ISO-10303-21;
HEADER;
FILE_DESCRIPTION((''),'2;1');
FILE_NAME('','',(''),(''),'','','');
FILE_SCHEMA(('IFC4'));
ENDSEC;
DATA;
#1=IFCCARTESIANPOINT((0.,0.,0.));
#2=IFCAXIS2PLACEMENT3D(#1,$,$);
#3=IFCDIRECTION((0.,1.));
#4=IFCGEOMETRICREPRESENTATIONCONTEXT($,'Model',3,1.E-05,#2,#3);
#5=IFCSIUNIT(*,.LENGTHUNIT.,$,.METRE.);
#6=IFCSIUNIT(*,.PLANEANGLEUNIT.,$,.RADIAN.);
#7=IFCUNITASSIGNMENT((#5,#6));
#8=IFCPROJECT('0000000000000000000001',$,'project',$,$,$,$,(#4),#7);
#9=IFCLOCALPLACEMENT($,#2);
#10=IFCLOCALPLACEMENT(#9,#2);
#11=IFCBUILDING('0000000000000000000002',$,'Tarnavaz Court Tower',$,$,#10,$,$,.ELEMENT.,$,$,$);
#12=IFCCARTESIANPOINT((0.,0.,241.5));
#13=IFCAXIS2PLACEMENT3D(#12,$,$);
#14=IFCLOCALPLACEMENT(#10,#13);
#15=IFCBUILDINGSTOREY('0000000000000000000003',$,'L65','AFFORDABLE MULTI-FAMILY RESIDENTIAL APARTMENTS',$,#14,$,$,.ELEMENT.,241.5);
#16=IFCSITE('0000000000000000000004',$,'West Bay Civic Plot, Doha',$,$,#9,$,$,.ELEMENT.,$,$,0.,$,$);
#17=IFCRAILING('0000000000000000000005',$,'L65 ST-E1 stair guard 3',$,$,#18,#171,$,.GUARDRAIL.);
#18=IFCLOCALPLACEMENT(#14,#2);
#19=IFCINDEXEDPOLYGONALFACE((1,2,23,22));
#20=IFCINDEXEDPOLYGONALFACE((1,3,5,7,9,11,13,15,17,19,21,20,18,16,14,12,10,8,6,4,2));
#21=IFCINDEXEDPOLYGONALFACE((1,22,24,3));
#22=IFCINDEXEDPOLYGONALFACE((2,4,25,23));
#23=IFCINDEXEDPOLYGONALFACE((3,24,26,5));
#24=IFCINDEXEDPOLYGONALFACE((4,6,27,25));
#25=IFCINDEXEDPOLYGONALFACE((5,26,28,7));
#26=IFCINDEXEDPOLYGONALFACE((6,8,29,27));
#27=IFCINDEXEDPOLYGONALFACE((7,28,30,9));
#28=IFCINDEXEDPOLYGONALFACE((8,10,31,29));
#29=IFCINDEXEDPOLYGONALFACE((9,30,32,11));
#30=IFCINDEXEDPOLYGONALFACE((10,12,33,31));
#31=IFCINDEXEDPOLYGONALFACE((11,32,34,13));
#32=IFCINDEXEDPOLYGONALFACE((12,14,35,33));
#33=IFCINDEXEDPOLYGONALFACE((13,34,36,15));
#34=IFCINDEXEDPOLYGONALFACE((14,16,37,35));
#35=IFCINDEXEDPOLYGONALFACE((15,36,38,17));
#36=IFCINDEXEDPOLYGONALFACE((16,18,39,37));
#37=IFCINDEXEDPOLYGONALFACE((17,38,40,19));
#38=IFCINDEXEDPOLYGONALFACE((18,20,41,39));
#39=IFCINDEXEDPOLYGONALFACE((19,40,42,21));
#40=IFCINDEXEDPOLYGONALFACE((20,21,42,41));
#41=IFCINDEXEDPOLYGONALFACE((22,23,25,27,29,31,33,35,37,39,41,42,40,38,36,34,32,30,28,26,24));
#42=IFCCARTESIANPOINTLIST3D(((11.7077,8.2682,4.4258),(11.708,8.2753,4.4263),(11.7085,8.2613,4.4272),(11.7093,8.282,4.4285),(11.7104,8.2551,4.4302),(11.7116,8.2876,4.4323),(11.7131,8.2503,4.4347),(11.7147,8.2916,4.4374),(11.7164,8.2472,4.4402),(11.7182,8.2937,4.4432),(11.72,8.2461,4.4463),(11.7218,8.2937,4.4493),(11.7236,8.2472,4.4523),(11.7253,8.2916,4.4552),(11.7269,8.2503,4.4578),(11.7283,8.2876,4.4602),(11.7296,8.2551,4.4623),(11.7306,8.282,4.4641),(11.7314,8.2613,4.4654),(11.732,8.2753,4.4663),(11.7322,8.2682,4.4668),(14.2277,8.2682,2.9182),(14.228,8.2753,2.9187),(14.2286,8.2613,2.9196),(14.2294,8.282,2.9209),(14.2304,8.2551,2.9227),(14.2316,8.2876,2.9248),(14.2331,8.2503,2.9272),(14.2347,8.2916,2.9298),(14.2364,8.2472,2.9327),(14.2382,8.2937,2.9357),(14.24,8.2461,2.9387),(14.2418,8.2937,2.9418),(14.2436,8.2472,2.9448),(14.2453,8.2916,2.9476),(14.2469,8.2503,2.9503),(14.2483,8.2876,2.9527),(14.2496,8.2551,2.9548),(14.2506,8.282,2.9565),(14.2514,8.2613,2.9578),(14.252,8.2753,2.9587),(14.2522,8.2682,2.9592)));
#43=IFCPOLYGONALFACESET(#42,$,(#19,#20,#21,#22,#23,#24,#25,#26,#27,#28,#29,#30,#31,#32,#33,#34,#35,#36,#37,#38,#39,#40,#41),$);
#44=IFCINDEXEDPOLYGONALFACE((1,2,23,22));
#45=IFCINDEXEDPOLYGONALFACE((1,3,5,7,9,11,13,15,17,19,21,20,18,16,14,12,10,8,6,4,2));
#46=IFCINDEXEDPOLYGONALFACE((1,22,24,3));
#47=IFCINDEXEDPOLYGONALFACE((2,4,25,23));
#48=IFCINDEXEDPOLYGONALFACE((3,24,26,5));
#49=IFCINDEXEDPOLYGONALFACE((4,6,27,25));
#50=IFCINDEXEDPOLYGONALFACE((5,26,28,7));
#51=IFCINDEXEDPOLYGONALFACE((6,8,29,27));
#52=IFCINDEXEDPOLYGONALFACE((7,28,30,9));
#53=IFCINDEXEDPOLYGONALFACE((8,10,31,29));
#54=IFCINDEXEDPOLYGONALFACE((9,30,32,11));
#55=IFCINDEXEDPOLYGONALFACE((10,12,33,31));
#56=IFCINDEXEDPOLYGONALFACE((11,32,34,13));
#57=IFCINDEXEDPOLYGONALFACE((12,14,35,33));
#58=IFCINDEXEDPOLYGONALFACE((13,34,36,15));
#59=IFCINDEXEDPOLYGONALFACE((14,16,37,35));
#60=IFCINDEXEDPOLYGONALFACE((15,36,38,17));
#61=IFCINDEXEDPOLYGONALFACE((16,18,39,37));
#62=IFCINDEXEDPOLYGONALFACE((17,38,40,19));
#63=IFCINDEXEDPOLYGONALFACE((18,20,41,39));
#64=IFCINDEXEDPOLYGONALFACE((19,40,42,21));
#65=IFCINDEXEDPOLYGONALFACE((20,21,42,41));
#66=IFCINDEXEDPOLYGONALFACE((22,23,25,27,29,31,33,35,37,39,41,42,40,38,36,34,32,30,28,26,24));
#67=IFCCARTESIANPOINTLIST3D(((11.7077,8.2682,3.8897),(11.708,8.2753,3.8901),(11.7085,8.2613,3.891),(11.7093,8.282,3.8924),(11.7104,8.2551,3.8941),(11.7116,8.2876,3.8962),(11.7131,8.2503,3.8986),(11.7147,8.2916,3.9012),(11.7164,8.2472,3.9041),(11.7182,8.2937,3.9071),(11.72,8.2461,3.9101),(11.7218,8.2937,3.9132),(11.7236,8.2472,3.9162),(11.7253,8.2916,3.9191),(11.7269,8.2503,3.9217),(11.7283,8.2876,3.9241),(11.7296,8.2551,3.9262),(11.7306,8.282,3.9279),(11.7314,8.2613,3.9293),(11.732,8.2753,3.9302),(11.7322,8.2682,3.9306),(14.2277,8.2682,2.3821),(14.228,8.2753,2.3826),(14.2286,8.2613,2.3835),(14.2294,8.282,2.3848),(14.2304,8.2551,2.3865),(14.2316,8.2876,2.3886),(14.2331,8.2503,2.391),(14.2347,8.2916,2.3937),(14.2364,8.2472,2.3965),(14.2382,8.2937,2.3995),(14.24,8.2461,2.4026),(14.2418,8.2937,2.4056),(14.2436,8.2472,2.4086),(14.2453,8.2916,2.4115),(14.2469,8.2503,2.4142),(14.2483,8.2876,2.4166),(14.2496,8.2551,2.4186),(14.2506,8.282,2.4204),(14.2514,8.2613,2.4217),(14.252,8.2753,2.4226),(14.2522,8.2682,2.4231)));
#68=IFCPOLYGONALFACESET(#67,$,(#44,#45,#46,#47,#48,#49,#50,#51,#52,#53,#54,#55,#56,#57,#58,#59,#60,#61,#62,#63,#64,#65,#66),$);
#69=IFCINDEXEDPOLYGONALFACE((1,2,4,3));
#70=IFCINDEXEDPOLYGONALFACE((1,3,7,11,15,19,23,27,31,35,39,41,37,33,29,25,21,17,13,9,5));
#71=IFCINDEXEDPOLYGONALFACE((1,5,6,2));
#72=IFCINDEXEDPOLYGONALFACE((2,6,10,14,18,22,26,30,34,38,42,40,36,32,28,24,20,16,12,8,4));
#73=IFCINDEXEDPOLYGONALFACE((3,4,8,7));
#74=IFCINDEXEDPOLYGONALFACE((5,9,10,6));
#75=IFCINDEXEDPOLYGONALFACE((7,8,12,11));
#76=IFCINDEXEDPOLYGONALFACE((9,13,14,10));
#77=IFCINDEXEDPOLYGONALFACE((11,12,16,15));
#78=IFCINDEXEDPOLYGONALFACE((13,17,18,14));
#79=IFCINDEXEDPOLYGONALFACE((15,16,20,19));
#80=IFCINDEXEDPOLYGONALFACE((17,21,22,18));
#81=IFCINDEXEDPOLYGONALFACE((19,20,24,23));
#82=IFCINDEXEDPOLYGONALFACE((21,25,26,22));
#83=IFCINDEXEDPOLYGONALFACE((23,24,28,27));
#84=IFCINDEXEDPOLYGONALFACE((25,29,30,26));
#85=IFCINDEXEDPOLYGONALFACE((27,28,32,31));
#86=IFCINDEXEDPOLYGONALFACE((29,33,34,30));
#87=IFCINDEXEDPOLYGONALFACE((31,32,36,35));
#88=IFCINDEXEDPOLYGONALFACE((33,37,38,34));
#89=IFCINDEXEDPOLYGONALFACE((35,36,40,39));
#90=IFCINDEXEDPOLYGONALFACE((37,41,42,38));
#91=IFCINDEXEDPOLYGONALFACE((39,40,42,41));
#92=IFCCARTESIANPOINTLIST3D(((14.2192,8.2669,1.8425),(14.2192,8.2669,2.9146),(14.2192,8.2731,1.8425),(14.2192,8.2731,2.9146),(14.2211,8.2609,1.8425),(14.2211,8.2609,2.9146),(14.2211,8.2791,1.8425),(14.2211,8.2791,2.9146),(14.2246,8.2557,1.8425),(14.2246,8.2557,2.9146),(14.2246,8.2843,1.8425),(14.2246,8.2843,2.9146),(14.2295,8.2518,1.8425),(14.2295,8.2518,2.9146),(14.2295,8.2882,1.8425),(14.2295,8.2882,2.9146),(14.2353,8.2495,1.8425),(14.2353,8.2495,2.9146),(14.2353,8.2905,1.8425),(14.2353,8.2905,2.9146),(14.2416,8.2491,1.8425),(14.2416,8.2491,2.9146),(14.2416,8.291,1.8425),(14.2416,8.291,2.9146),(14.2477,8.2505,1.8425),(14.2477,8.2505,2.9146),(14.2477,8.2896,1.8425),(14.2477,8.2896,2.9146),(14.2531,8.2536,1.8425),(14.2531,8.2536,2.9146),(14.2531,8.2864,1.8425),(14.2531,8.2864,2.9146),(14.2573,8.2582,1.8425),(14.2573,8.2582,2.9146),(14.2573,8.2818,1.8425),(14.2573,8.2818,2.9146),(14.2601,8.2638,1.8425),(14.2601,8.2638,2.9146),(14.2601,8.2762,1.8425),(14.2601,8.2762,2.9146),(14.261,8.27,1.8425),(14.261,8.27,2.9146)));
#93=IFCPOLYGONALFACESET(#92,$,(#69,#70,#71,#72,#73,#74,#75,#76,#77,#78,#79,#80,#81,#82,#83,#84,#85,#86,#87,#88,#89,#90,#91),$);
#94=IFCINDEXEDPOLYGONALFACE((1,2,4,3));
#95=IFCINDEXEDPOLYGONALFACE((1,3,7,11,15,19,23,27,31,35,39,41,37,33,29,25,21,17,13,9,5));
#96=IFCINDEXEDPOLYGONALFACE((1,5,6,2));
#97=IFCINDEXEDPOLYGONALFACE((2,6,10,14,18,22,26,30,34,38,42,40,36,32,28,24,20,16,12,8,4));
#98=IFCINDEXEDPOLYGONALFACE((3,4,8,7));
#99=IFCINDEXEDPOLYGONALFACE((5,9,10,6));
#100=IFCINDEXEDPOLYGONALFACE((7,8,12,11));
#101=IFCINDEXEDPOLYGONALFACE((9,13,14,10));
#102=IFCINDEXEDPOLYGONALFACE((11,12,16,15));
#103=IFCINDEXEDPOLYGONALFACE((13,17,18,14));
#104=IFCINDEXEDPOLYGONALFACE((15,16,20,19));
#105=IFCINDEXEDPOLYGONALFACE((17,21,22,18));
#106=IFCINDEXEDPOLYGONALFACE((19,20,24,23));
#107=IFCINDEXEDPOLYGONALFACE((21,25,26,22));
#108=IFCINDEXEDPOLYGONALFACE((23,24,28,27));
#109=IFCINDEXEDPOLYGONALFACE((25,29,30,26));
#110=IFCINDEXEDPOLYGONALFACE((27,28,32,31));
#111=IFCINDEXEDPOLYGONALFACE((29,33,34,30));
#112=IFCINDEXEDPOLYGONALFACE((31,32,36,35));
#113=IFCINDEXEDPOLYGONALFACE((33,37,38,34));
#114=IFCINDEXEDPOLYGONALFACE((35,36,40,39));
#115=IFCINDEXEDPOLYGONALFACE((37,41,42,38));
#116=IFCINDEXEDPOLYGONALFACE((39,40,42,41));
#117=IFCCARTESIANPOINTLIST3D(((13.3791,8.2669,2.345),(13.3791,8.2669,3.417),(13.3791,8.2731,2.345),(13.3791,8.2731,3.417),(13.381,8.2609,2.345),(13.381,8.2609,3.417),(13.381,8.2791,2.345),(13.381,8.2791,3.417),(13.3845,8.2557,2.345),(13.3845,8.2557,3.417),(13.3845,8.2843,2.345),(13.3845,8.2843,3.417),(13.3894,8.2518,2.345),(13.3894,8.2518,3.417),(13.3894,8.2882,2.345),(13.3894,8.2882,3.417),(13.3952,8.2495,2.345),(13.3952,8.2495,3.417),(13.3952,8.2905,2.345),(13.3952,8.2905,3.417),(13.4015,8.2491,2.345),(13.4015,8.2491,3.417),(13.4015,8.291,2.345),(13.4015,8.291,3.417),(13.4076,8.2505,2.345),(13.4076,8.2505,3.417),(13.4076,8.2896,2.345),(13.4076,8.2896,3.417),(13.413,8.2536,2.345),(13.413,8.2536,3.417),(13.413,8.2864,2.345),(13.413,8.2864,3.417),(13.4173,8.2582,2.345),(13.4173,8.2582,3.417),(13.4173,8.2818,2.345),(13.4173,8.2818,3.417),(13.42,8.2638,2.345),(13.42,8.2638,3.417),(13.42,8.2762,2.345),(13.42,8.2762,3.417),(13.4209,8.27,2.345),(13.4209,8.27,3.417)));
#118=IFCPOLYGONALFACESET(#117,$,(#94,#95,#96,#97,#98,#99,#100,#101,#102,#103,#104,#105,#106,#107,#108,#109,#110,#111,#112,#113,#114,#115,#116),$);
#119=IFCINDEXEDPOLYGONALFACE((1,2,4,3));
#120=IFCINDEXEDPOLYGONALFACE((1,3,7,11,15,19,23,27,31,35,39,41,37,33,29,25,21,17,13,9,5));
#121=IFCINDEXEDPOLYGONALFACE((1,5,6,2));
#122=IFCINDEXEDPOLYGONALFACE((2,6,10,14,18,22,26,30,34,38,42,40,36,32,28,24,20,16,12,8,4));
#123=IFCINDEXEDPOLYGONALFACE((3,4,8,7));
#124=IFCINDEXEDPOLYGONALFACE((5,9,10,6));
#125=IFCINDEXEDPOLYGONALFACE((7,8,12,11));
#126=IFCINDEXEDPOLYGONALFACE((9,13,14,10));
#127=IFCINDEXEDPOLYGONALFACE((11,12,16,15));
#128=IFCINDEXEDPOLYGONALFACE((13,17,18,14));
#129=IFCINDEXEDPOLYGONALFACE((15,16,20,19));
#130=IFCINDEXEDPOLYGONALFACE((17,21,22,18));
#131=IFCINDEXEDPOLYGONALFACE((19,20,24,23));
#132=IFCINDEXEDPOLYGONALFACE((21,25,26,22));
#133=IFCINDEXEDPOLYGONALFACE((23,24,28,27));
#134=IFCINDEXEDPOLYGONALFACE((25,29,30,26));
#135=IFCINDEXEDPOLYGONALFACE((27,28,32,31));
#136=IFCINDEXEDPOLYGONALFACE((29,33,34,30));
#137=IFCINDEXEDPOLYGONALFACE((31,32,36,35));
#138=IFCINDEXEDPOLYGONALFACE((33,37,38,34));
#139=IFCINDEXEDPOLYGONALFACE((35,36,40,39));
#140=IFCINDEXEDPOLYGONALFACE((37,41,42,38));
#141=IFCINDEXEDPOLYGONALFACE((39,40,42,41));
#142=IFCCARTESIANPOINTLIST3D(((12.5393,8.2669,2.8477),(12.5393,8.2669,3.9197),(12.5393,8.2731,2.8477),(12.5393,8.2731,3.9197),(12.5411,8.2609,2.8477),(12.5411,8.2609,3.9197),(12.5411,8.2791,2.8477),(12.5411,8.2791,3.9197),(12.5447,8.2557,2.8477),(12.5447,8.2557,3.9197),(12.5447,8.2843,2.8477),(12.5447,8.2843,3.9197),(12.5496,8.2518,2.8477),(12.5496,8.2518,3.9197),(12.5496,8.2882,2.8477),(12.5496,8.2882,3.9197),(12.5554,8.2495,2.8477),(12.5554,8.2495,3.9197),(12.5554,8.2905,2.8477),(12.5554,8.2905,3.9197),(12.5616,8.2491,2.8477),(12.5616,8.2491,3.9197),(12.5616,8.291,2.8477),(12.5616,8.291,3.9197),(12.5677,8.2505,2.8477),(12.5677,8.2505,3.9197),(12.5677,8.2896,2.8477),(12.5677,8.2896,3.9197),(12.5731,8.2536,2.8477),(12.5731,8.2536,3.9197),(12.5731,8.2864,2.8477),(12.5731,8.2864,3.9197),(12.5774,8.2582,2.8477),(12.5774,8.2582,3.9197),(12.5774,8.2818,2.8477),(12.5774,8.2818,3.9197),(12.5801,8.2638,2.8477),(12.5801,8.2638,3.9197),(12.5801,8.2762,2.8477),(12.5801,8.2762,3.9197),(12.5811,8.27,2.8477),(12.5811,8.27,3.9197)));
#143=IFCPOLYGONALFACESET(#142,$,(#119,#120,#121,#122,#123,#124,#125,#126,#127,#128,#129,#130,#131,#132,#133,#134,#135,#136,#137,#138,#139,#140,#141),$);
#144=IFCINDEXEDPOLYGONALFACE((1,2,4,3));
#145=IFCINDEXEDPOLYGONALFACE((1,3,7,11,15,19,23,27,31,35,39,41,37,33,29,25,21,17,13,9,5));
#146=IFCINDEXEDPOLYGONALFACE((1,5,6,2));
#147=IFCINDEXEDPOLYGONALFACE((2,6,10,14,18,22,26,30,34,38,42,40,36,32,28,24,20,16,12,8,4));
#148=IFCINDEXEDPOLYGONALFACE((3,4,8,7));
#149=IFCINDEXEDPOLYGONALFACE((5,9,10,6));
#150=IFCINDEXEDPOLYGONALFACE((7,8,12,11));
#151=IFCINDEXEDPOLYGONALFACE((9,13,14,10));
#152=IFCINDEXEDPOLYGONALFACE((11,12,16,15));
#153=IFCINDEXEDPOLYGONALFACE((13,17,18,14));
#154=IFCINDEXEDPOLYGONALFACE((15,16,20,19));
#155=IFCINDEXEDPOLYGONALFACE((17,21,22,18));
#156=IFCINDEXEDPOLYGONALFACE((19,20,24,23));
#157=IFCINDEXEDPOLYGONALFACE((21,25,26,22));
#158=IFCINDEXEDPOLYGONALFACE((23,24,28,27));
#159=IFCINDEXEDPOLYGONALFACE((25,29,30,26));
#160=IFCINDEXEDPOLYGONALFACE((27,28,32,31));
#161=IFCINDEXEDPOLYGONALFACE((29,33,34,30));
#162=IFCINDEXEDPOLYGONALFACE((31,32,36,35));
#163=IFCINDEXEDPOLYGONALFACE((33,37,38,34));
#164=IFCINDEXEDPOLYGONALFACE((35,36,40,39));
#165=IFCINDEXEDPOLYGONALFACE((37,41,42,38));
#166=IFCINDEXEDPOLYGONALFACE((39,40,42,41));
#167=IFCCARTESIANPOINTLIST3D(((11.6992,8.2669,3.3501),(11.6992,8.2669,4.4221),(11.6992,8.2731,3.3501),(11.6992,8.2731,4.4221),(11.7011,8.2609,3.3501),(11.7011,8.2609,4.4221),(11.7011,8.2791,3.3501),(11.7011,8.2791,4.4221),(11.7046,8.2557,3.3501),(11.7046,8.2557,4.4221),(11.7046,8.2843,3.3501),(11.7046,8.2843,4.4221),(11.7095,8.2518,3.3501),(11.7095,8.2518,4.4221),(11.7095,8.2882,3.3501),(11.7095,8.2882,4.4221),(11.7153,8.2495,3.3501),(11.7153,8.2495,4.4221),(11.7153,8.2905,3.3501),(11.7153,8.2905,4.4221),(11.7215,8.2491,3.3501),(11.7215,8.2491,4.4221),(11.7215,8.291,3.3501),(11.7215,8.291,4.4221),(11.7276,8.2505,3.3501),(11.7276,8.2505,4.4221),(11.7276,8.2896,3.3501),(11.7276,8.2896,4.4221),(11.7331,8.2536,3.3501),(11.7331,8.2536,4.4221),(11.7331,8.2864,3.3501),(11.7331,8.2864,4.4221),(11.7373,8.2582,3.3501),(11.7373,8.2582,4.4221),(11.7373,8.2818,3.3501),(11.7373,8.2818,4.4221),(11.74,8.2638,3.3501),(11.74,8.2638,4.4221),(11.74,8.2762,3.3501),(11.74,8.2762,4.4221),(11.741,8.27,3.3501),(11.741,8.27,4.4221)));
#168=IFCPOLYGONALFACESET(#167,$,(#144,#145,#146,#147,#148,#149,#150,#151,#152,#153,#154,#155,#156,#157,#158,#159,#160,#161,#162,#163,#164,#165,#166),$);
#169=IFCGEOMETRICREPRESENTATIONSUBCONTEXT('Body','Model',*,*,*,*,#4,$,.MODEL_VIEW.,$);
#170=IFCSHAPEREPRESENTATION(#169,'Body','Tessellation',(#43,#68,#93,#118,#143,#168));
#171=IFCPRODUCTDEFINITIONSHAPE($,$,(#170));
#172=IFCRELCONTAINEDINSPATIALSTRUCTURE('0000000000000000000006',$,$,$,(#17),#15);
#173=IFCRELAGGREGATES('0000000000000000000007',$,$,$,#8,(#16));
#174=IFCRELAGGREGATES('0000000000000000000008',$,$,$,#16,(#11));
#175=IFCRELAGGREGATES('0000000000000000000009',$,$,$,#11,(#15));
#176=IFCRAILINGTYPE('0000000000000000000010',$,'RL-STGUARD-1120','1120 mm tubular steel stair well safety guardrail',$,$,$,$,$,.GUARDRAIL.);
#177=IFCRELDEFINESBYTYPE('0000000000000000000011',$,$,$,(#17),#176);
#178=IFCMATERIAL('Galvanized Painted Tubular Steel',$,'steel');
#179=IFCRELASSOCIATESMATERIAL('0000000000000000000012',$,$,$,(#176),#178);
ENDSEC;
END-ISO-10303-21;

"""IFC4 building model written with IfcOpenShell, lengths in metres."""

from ifc_helpers import new_model, si_unit, direction, frame, origin, origin_2d, place, context, subcontext, project, spatial, circle, extrude, material, type_object, element, save


model = new_model("IFC4")

# Units and contexts
model_context = context("Model", 3, precision=1e-05, world=origin(), true_north=direction((0.0, 1.0)))
body_context = subcontext(model_context, "Body", "Model", "MODEL_VIEW")
ifc_project = project(units=[si_unit("LENGTHUNIT", "METRE"), si_unit("PLANEANGLEUNIT", "RADIAN")], contexts=[model_context])

# Site, building, storey
site_placement = place(None, origin())
site = spatial("IfcSite", under=ifc_project, at=site_placement, Name="West Bay Civic Plot, Doha", CompositionType="ELEMENT", RefElevation=0.0)
building_placement = place(site_placement, origin())
building = spatial("IfcBuilding", under=site, at=building_placement, Name="Tarnavaz Court Tower", CompositionType="ELEMENT")
storey_placement = place(building_placement, frame((0.0, 0.0, 241.5)))
storey = spatial("IfcBuildingStorey", under=building, at=storey_placement, Name="L65", Description="AFFORDABLE MULTI-FAMILY RESIDENTIAL APARTMENTS", CompositionType="ELEMENT", Elevation=241.5)

# Railing
ifc_material_1 = material(Name="Galvanized Painted Tubular Steel", Category="steel")
railing_type_1 = type_object("IfcRailingType", Name="RL-STGUARD-1120", Description="1120 mm tubular steel stair well safety guardrail", PredefinedType="GUARDRAIL", material=ifc_material_1)
railing_1_placement = place(storey_placement, frame((14.24, 8.27, 1.8425)))
element("IfcRailing", 1, at=railing_1_placement, inside=storey, type_object=railing_type_1, Name="L65 ST-E1 stair guard 3", PredefinedType="GUARDRAIL", context=body_context, shape_type="SweptSolid", body=[
    extrude(circle(Radius=0.0239, at=origin_2d()), frame((0.0, 0.0, 1.0962), z_axis=(-0.85816, 0.0, 0.513383), x_axis=(0.0, -1.0, 0.0)), (0.0, 0.0, 1.0), 2.9365),
    extrude(circle(Radius=0.0239, at=origin_2d()), frame((0.0, 0.0, 0.5601), z_axis=(-0.85816, 0.0, 0.513383), x_axis=(0.0, -1.0, 0.0)), (0.0, 0.0, 1.0), 2.9365),
    extrude(circle(Radius=0.021, at=origin_2d()), origin(), (0.0, 0.0, 1.0), 1.072),
    extrude(circle(Radius=0.021, at=origin_2d()), frame((-0.8401, 0.0, 0.5024)), (0.0, 0.0, 1.0), 1.072),
    extrude(circle(Radius=0.021, at=origin_2d()), frame((-1.6799, 0.0, 1.0051)), (0.0, 0.0, 1.0), 1.072),
    extrude(circle(Radius=0.021, at=origin_2d()), frame((-2.52, 0.0, 1.5076)), (0.0, 0.0, 1.0), 1.072),
])

save(model, "model.ifc")
